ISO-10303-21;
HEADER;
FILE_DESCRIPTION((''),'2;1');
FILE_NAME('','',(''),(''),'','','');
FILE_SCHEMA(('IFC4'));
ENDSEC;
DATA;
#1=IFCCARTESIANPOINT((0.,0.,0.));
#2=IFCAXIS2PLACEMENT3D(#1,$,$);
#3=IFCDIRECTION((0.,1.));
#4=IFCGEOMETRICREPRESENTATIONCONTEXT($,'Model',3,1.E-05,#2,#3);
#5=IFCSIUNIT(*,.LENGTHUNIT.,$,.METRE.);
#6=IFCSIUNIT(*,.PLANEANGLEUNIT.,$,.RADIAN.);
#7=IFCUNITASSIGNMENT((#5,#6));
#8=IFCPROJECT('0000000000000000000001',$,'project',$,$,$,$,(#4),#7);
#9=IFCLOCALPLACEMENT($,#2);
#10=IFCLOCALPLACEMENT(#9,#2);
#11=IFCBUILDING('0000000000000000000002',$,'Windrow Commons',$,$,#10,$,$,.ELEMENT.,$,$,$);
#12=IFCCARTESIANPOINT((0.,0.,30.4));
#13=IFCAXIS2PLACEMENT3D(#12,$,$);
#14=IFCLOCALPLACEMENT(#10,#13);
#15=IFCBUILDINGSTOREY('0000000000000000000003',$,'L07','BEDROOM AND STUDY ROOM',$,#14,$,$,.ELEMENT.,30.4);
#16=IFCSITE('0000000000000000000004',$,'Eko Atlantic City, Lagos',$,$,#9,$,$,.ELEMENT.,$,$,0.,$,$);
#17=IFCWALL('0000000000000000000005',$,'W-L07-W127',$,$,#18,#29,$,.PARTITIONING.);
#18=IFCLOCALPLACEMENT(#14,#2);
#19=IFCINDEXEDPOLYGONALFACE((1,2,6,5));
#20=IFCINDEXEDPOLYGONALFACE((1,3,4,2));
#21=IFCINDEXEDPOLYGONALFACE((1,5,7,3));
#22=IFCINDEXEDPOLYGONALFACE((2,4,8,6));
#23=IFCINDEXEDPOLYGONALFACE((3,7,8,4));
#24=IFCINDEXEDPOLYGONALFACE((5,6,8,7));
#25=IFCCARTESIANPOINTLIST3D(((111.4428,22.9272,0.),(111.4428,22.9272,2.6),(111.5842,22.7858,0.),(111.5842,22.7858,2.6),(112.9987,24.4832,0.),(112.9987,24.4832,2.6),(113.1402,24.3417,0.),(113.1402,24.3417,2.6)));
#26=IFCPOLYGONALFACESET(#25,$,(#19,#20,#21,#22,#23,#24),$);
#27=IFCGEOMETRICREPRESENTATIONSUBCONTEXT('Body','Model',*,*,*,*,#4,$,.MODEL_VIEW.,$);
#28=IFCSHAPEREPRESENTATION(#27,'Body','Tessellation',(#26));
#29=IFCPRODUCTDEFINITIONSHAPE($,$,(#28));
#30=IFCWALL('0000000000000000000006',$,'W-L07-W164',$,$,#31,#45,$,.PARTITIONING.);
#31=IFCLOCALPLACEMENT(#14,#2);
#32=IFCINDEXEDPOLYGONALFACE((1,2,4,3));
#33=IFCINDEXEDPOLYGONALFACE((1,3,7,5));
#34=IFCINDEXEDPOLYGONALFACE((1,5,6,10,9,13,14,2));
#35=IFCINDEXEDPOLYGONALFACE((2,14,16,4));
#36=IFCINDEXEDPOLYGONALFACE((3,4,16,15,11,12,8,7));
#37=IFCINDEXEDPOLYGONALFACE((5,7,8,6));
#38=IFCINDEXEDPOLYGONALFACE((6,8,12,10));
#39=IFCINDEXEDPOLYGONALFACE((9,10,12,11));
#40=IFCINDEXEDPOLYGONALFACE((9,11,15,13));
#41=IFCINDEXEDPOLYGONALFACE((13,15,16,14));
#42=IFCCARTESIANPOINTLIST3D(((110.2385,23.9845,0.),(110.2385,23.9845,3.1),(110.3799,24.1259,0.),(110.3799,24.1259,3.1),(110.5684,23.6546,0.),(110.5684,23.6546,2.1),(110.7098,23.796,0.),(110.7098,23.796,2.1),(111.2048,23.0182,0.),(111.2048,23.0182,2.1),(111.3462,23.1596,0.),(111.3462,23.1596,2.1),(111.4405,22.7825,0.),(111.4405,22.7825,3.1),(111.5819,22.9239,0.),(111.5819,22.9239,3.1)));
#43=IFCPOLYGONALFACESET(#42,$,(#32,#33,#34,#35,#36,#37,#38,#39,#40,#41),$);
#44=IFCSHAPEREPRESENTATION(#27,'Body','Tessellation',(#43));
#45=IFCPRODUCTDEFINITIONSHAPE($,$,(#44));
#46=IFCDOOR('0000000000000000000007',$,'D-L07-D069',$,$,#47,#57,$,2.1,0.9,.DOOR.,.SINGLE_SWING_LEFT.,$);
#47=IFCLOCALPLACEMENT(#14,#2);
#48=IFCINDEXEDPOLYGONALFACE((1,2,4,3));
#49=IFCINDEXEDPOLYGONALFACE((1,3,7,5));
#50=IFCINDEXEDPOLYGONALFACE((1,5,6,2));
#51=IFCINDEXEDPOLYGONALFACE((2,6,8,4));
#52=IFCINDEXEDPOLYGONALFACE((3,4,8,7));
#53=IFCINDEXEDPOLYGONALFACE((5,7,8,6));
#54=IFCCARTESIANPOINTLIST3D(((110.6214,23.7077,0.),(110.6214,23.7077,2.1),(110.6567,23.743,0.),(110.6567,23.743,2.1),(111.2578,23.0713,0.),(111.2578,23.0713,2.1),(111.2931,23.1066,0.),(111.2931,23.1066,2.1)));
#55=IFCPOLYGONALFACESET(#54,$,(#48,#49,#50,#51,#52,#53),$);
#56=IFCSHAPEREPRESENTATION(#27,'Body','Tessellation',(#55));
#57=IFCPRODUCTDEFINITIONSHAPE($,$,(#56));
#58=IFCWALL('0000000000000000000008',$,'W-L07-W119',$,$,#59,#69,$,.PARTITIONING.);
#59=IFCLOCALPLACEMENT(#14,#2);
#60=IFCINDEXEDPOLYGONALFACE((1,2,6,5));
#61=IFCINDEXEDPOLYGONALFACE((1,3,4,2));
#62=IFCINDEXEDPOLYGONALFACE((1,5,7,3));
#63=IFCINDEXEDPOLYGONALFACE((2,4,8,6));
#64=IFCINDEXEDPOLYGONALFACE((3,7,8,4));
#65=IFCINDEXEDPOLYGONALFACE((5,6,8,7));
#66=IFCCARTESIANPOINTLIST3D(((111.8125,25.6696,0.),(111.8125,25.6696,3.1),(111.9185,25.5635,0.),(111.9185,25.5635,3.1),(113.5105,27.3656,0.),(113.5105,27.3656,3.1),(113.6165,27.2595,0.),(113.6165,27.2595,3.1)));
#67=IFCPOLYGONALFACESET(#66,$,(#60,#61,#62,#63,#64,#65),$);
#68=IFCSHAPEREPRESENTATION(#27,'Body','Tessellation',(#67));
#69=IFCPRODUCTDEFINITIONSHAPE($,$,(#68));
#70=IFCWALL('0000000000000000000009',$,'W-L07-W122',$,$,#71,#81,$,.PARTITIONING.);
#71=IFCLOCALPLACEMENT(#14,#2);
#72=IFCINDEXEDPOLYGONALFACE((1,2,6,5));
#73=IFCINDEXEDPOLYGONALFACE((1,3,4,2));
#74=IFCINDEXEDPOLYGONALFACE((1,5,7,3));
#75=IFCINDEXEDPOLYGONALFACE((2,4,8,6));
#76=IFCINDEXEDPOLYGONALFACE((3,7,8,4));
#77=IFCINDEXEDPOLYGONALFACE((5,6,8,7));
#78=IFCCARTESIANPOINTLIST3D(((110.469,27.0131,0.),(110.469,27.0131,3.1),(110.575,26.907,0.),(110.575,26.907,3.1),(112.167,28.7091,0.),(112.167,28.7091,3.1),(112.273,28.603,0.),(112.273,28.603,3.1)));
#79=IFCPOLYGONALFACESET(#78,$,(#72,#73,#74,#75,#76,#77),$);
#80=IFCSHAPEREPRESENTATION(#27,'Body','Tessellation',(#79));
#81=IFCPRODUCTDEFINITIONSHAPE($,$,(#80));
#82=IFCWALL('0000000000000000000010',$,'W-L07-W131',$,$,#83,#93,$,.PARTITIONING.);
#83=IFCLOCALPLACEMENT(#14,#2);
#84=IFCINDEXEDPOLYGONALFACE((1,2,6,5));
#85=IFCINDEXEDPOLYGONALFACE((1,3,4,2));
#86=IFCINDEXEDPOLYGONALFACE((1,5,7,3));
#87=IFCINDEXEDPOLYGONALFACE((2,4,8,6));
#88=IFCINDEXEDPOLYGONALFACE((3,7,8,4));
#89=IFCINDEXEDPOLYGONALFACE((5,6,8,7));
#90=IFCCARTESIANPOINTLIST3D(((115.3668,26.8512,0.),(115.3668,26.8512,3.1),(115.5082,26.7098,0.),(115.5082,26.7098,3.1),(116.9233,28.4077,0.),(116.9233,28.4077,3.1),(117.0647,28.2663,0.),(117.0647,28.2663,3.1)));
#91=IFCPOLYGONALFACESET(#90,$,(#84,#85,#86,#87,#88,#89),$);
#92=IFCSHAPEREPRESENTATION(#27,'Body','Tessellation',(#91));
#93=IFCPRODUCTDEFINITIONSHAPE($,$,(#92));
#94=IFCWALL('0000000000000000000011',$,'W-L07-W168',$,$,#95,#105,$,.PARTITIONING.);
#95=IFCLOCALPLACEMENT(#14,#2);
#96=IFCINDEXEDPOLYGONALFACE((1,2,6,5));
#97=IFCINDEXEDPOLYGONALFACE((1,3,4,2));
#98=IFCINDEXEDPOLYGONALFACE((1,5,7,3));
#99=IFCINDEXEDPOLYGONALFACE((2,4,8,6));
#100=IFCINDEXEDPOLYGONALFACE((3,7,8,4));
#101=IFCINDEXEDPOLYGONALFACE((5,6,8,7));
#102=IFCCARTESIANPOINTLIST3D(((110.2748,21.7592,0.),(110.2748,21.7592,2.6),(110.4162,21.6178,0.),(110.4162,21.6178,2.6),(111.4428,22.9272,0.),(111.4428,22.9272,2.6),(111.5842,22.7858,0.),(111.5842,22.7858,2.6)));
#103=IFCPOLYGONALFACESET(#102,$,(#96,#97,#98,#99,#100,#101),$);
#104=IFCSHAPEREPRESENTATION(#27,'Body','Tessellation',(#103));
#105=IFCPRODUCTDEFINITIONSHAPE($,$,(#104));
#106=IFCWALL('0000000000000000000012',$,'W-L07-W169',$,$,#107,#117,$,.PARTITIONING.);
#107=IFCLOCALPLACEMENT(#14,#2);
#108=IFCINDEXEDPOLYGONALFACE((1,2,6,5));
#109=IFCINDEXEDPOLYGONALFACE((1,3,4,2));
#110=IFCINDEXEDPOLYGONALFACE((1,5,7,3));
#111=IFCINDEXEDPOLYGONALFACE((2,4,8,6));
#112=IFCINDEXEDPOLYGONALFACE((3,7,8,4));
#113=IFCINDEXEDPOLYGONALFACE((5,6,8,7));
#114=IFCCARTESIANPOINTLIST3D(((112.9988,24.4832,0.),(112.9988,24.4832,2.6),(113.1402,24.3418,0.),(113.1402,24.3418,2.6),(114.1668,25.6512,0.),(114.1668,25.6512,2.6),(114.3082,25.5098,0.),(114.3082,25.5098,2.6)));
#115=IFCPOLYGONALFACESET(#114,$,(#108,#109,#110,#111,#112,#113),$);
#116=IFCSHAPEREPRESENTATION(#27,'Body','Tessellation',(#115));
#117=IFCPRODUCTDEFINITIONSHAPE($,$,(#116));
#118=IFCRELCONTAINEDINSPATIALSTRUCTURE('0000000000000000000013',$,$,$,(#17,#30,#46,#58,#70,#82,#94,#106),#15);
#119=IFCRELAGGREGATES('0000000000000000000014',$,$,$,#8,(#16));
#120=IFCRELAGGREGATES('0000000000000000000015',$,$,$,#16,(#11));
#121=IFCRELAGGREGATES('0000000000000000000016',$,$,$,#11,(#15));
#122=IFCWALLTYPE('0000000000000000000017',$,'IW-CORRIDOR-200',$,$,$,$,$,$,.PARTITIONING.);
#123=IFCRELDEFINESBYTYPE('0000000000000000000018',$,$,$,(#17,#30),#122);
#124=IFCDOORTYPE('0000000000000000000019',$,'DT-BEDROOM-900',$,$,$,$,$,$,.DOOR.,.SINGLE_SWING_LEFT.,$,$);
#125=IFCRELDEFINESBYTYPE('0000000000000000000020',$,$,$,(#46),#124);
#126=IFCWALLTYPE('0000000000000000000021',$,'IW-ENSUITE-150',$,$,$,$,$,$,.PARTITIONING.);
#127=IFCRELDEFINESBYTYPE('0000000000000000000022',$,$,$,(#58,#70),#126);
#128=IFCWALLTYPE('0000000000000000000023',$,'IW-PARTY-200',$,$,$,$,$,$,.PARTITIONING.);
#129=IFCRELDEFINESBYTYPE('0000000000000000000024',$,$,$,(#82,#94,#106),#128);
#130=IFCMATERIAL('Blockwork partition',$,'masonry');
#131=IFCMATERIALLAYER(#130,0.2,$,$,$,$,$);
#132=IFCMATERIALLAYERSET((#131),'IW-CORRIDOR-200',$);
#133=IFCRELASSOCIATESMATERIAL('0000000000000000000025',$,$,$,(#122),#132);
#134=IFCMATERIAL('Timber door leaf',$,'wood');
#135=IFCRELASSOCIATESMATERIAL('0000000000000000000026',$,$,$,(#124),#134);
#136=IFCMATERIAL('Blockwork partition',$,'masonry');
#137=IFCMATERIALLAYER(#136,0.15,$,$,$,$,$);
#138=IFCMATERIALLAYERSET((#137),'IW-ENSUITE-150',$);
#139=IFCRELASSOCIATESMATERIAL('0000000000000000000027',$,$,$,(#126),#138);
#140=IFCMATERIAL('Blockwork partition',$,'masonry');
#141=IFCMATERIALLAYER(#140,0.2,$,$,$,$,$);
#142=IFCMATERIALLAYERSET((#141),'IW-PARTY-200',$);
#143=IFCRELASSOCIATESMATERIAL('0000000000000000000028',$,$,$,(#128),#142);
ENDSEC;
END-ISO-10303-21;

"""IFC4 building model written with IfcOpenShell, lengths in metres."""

from ifc_helpers import new_model, si_unit, direction, frame, frame_2d, origin, place, context, subcontext, project, spatial, rectangle, extrude, material, layer, layer_set, type_object, element, fill, save


model = new_model("IFC4")

# Units and contexts
model_context = context("Model", 3, precision=1e-05, world=origin(), true_north=direction((0.0, 1.0)))
body_context = subcontext(model_context, "Body", "Model", "MODEL_VIEW")
ifc_project = project(units=[si_unit("LENGTHUNIT", "METRE"), si_unit("PLANEANGLEUNIT", "RADIAN")], contexts=[model_context])

# Site, building, storey
site_placement = place(None, origin())
site = spatial("IfcSite", under=ifc_project, at=site_placement, Name="Eko Atlantic City, Lagos", CompositionType="ELEMENT", RefElevation=0.0)
building_placement = place(site_placement, origin())
building = spatial("IfcBuilding", under=site, at=building_placement, Name="Windrow Commons", CompositionType="ELEMENT")
storey_placement = place(building_placement, frame((0.0, 0.0, 30.4)))
storey = spatial("IfcBuildingStorey", under=building, at=storey_placement, Name="L07", Description="BEDROOM AND STUDY ROOM", CompositionType="ELEMENT", Elevation=30.4)

# Wall
ifc_material_1 = material(Name="Blockwork partition", Category="masonry")
ifc_layer_1 = layer(ifc_material_1, 0.2)
ifc_layer_set_1 = layer_set([ifc_layer_1], Name="IW-CORRIDOR-200")
wall_type_1 = type_object("IfcWallType", Name="IW-CORRIDOR-200", PredefinedType="PARTITIONING", material=ifc_layer_set_1)
wall_1_placement = place(storey_placement, frame((111.5135, 22.8565, 0.0), z_axis=(0.0, 0.0, 1.0), x_axis=(0.707107, 0.707107, 0.0)))
element("IfcWall", 1, at=wall_1_placement, inside=storey, type_object=wall_type_1, Name="W-L07-W127", PredefinedType="PARTITIONING", context=body_context, shape_type="SweptSolid", body=[
    extrude(rectangle(XDim=2.2005, YDim=0.2, at=frame_2d((1.1002, 0.0))), origin(), (0.0, 0.0, 1.0), 2.6),
])

# Wall, opening, door
wall_2_placement = place(storey_placement, frame((110.3092, 24.0552, 0.0), z_axis=(0.0, 0.0, 1.0), x_axis=(0.707107, -0.707107, 0.0)))
wall_2 = element("IfcWall", 2, at=wall_2_placement, inside=storey, type_object=wall_type_1, Name="W-L07-W164", PredefinedType="PARTITIONING", context=body_context, shape_type="SweptSolid", body=[
    extrude(rectangle(XDim=1.6999, YDim=0.2, at=frame_2d((0.8499, 0.0))), origin(), (0.0, 0.0, 1.0), 3.1),
])
opening_1_placement = place(wall_2_placement, frame((0.4665, 0.0, 0.0)))
opening_1 = element("IfcOpeningElement", 3, at=opening_1_placement, cuts=wall_2, PredefinedType="OPENING", context=body_context, shape_type="SweptSolid", body=[
    extrude(rectangle(XDim=0.9, YDim=2.1, at=frame_2d((0.45, 1.05))), frame((0.0, 0.11, 0.0), z_axis=(0.0, -1.0, 0.0), x_axis=(1.0, 0.0, 0.0)), (0.0, 0.0, 1.0), 0.22),
])
ifc_material_2 = material(Name="Timber door leaf", Category="wood")
door_type = type_object("IfcDoorType", Name="DT-BEDROOM-900", OperationType="SINGLE_SWING_LEFT", PredefinedType="DOOR", material=ifc_material_2)
door_placement = place(opening_1_placement, origin())
door = element("IfcDoor", 4, at=door_placement, inside=storey, type_object=door_type, Name="D-L07-D069", OperationType="SINGLE_SWING_LEFT", OverallHeight=2.1, OverallWidth=0.9, PredefinedType="DOOR", context=body_context, shape_type="SweptSolid", body=[
    extrude(rectangle(XDim=0.9, YDim=2.1, at=frame_2d((0.45, 1.05))), frame((0.0, 0.025, 0.0), z_axis=(0.0, -1.0, 0.0), x_axis=(1.0, 0.0, 0.0)), (0.0, 0.0, 1.0), 0.05),
])
fill(opening_1, door)

# Walls
ifc_material_3 = material(Name="Blockwork partition", Category="masonry")
ifc_layer_2 = layer(ifc_material_3, 0.15)
ifc_layer_set_2 = layer_set([ifc_layer_2], Name="IW-ENSUITE-150")
wall_type_2 = type_object("IfcWallType", Name="IW-ENSUITE-150", PredefinedType="PARTITIONING", material=ifc_layer_set_2)
for number, where, z_axis, x_axis, name in (
    (5, (111.8655, 25.6165, 0.0), (0.0, 0.0, 1.0), (0.707523, 0.70669, 0.0), "W-L07-W119"),
    (6, (110.522, 26.96, 0.0), (0.0, 0.0, 1.0), (0.707523, 0.70669, 0.0), "W-L07-W122"),
):
    element("IfcWall", number, at=place(storey_placement, frame(where, z_axis=z_axis, x_axis=x_axis)), inside=storey, type_object=wall_type_2, Name=name, PredefinedType="PARTITIONING", context=body_context, shape_type="SweptSolid", body=[
        extrude(rectangle(XDim=2.3999, YDim=0.15, at=frame_2d((1.2, 0.0))), origin(), (0.0, 0.0, 1.0), 3.1),
    ])
ifc_material_4 = material(Name="Blockwork partition", Category="masonry")
ifc_layer_3 = layer(ifc_material_4, 0.2)
ifc_layer_set_3 = layer_set([ifc_layer_3], Name="IW-PARTY-200")
wall_type_3 = type_object("IfcWallType", Name="IW-PARTY-200", PredefinedType="PARTITIONING", material=ifc_layer_set_3)
wall_3_placement = place(storey_placement, frame((115.4375, 26.7805, 0.0), z_axis=(0.0, 0.0, 1.0), x_axis=(0.707107, 0.707107, 0.0)))
element("IfcWall", 7, at=wall_3_placement, inside=storey, type_object=wall_type_3, Name="W-L07-W131", PredefinedType="PARTITIONING", context=body_context, shape_type="SweptSolid", body=[
    extrude(rectangle(XDim=2.2012, YDim=0.2, at=frame_2d((1.1006, 0.0))), origin(), (0.0, 0.0, 1.0), 3.1),
])
for number, where, z_axis, x_axis, name in (
    (8, (110.3455, 21.6885, 0.0), (0.0, 0.0, 1.0), (0.707107, 0.707107, 0.0), "W-L07-W168"),
    (9, (113.0695, 24.4125, 0.0), (0.0, 0.0, 1.0), (0.707107, 0.707107, 0.0), "W-L07-W169"),
):
    element("IfcWall", number, at=place(storey_placement, frame(where, z_axis=z_axis, x_axis=x_axis)), inside=storey, type_object=wall_type_3, Name=name, PredefinedType="PARTITIONING", context=body_context, shape_type="SweptSolid", body=[
        extrude(rectangle(XDim=1.6518, YDim=0.2, at=frame_2d((0.8259, 0.0))), origin(), (0.0, 0.0, 1.0), 2.6),
    ])

save(model, "model.ifc")
